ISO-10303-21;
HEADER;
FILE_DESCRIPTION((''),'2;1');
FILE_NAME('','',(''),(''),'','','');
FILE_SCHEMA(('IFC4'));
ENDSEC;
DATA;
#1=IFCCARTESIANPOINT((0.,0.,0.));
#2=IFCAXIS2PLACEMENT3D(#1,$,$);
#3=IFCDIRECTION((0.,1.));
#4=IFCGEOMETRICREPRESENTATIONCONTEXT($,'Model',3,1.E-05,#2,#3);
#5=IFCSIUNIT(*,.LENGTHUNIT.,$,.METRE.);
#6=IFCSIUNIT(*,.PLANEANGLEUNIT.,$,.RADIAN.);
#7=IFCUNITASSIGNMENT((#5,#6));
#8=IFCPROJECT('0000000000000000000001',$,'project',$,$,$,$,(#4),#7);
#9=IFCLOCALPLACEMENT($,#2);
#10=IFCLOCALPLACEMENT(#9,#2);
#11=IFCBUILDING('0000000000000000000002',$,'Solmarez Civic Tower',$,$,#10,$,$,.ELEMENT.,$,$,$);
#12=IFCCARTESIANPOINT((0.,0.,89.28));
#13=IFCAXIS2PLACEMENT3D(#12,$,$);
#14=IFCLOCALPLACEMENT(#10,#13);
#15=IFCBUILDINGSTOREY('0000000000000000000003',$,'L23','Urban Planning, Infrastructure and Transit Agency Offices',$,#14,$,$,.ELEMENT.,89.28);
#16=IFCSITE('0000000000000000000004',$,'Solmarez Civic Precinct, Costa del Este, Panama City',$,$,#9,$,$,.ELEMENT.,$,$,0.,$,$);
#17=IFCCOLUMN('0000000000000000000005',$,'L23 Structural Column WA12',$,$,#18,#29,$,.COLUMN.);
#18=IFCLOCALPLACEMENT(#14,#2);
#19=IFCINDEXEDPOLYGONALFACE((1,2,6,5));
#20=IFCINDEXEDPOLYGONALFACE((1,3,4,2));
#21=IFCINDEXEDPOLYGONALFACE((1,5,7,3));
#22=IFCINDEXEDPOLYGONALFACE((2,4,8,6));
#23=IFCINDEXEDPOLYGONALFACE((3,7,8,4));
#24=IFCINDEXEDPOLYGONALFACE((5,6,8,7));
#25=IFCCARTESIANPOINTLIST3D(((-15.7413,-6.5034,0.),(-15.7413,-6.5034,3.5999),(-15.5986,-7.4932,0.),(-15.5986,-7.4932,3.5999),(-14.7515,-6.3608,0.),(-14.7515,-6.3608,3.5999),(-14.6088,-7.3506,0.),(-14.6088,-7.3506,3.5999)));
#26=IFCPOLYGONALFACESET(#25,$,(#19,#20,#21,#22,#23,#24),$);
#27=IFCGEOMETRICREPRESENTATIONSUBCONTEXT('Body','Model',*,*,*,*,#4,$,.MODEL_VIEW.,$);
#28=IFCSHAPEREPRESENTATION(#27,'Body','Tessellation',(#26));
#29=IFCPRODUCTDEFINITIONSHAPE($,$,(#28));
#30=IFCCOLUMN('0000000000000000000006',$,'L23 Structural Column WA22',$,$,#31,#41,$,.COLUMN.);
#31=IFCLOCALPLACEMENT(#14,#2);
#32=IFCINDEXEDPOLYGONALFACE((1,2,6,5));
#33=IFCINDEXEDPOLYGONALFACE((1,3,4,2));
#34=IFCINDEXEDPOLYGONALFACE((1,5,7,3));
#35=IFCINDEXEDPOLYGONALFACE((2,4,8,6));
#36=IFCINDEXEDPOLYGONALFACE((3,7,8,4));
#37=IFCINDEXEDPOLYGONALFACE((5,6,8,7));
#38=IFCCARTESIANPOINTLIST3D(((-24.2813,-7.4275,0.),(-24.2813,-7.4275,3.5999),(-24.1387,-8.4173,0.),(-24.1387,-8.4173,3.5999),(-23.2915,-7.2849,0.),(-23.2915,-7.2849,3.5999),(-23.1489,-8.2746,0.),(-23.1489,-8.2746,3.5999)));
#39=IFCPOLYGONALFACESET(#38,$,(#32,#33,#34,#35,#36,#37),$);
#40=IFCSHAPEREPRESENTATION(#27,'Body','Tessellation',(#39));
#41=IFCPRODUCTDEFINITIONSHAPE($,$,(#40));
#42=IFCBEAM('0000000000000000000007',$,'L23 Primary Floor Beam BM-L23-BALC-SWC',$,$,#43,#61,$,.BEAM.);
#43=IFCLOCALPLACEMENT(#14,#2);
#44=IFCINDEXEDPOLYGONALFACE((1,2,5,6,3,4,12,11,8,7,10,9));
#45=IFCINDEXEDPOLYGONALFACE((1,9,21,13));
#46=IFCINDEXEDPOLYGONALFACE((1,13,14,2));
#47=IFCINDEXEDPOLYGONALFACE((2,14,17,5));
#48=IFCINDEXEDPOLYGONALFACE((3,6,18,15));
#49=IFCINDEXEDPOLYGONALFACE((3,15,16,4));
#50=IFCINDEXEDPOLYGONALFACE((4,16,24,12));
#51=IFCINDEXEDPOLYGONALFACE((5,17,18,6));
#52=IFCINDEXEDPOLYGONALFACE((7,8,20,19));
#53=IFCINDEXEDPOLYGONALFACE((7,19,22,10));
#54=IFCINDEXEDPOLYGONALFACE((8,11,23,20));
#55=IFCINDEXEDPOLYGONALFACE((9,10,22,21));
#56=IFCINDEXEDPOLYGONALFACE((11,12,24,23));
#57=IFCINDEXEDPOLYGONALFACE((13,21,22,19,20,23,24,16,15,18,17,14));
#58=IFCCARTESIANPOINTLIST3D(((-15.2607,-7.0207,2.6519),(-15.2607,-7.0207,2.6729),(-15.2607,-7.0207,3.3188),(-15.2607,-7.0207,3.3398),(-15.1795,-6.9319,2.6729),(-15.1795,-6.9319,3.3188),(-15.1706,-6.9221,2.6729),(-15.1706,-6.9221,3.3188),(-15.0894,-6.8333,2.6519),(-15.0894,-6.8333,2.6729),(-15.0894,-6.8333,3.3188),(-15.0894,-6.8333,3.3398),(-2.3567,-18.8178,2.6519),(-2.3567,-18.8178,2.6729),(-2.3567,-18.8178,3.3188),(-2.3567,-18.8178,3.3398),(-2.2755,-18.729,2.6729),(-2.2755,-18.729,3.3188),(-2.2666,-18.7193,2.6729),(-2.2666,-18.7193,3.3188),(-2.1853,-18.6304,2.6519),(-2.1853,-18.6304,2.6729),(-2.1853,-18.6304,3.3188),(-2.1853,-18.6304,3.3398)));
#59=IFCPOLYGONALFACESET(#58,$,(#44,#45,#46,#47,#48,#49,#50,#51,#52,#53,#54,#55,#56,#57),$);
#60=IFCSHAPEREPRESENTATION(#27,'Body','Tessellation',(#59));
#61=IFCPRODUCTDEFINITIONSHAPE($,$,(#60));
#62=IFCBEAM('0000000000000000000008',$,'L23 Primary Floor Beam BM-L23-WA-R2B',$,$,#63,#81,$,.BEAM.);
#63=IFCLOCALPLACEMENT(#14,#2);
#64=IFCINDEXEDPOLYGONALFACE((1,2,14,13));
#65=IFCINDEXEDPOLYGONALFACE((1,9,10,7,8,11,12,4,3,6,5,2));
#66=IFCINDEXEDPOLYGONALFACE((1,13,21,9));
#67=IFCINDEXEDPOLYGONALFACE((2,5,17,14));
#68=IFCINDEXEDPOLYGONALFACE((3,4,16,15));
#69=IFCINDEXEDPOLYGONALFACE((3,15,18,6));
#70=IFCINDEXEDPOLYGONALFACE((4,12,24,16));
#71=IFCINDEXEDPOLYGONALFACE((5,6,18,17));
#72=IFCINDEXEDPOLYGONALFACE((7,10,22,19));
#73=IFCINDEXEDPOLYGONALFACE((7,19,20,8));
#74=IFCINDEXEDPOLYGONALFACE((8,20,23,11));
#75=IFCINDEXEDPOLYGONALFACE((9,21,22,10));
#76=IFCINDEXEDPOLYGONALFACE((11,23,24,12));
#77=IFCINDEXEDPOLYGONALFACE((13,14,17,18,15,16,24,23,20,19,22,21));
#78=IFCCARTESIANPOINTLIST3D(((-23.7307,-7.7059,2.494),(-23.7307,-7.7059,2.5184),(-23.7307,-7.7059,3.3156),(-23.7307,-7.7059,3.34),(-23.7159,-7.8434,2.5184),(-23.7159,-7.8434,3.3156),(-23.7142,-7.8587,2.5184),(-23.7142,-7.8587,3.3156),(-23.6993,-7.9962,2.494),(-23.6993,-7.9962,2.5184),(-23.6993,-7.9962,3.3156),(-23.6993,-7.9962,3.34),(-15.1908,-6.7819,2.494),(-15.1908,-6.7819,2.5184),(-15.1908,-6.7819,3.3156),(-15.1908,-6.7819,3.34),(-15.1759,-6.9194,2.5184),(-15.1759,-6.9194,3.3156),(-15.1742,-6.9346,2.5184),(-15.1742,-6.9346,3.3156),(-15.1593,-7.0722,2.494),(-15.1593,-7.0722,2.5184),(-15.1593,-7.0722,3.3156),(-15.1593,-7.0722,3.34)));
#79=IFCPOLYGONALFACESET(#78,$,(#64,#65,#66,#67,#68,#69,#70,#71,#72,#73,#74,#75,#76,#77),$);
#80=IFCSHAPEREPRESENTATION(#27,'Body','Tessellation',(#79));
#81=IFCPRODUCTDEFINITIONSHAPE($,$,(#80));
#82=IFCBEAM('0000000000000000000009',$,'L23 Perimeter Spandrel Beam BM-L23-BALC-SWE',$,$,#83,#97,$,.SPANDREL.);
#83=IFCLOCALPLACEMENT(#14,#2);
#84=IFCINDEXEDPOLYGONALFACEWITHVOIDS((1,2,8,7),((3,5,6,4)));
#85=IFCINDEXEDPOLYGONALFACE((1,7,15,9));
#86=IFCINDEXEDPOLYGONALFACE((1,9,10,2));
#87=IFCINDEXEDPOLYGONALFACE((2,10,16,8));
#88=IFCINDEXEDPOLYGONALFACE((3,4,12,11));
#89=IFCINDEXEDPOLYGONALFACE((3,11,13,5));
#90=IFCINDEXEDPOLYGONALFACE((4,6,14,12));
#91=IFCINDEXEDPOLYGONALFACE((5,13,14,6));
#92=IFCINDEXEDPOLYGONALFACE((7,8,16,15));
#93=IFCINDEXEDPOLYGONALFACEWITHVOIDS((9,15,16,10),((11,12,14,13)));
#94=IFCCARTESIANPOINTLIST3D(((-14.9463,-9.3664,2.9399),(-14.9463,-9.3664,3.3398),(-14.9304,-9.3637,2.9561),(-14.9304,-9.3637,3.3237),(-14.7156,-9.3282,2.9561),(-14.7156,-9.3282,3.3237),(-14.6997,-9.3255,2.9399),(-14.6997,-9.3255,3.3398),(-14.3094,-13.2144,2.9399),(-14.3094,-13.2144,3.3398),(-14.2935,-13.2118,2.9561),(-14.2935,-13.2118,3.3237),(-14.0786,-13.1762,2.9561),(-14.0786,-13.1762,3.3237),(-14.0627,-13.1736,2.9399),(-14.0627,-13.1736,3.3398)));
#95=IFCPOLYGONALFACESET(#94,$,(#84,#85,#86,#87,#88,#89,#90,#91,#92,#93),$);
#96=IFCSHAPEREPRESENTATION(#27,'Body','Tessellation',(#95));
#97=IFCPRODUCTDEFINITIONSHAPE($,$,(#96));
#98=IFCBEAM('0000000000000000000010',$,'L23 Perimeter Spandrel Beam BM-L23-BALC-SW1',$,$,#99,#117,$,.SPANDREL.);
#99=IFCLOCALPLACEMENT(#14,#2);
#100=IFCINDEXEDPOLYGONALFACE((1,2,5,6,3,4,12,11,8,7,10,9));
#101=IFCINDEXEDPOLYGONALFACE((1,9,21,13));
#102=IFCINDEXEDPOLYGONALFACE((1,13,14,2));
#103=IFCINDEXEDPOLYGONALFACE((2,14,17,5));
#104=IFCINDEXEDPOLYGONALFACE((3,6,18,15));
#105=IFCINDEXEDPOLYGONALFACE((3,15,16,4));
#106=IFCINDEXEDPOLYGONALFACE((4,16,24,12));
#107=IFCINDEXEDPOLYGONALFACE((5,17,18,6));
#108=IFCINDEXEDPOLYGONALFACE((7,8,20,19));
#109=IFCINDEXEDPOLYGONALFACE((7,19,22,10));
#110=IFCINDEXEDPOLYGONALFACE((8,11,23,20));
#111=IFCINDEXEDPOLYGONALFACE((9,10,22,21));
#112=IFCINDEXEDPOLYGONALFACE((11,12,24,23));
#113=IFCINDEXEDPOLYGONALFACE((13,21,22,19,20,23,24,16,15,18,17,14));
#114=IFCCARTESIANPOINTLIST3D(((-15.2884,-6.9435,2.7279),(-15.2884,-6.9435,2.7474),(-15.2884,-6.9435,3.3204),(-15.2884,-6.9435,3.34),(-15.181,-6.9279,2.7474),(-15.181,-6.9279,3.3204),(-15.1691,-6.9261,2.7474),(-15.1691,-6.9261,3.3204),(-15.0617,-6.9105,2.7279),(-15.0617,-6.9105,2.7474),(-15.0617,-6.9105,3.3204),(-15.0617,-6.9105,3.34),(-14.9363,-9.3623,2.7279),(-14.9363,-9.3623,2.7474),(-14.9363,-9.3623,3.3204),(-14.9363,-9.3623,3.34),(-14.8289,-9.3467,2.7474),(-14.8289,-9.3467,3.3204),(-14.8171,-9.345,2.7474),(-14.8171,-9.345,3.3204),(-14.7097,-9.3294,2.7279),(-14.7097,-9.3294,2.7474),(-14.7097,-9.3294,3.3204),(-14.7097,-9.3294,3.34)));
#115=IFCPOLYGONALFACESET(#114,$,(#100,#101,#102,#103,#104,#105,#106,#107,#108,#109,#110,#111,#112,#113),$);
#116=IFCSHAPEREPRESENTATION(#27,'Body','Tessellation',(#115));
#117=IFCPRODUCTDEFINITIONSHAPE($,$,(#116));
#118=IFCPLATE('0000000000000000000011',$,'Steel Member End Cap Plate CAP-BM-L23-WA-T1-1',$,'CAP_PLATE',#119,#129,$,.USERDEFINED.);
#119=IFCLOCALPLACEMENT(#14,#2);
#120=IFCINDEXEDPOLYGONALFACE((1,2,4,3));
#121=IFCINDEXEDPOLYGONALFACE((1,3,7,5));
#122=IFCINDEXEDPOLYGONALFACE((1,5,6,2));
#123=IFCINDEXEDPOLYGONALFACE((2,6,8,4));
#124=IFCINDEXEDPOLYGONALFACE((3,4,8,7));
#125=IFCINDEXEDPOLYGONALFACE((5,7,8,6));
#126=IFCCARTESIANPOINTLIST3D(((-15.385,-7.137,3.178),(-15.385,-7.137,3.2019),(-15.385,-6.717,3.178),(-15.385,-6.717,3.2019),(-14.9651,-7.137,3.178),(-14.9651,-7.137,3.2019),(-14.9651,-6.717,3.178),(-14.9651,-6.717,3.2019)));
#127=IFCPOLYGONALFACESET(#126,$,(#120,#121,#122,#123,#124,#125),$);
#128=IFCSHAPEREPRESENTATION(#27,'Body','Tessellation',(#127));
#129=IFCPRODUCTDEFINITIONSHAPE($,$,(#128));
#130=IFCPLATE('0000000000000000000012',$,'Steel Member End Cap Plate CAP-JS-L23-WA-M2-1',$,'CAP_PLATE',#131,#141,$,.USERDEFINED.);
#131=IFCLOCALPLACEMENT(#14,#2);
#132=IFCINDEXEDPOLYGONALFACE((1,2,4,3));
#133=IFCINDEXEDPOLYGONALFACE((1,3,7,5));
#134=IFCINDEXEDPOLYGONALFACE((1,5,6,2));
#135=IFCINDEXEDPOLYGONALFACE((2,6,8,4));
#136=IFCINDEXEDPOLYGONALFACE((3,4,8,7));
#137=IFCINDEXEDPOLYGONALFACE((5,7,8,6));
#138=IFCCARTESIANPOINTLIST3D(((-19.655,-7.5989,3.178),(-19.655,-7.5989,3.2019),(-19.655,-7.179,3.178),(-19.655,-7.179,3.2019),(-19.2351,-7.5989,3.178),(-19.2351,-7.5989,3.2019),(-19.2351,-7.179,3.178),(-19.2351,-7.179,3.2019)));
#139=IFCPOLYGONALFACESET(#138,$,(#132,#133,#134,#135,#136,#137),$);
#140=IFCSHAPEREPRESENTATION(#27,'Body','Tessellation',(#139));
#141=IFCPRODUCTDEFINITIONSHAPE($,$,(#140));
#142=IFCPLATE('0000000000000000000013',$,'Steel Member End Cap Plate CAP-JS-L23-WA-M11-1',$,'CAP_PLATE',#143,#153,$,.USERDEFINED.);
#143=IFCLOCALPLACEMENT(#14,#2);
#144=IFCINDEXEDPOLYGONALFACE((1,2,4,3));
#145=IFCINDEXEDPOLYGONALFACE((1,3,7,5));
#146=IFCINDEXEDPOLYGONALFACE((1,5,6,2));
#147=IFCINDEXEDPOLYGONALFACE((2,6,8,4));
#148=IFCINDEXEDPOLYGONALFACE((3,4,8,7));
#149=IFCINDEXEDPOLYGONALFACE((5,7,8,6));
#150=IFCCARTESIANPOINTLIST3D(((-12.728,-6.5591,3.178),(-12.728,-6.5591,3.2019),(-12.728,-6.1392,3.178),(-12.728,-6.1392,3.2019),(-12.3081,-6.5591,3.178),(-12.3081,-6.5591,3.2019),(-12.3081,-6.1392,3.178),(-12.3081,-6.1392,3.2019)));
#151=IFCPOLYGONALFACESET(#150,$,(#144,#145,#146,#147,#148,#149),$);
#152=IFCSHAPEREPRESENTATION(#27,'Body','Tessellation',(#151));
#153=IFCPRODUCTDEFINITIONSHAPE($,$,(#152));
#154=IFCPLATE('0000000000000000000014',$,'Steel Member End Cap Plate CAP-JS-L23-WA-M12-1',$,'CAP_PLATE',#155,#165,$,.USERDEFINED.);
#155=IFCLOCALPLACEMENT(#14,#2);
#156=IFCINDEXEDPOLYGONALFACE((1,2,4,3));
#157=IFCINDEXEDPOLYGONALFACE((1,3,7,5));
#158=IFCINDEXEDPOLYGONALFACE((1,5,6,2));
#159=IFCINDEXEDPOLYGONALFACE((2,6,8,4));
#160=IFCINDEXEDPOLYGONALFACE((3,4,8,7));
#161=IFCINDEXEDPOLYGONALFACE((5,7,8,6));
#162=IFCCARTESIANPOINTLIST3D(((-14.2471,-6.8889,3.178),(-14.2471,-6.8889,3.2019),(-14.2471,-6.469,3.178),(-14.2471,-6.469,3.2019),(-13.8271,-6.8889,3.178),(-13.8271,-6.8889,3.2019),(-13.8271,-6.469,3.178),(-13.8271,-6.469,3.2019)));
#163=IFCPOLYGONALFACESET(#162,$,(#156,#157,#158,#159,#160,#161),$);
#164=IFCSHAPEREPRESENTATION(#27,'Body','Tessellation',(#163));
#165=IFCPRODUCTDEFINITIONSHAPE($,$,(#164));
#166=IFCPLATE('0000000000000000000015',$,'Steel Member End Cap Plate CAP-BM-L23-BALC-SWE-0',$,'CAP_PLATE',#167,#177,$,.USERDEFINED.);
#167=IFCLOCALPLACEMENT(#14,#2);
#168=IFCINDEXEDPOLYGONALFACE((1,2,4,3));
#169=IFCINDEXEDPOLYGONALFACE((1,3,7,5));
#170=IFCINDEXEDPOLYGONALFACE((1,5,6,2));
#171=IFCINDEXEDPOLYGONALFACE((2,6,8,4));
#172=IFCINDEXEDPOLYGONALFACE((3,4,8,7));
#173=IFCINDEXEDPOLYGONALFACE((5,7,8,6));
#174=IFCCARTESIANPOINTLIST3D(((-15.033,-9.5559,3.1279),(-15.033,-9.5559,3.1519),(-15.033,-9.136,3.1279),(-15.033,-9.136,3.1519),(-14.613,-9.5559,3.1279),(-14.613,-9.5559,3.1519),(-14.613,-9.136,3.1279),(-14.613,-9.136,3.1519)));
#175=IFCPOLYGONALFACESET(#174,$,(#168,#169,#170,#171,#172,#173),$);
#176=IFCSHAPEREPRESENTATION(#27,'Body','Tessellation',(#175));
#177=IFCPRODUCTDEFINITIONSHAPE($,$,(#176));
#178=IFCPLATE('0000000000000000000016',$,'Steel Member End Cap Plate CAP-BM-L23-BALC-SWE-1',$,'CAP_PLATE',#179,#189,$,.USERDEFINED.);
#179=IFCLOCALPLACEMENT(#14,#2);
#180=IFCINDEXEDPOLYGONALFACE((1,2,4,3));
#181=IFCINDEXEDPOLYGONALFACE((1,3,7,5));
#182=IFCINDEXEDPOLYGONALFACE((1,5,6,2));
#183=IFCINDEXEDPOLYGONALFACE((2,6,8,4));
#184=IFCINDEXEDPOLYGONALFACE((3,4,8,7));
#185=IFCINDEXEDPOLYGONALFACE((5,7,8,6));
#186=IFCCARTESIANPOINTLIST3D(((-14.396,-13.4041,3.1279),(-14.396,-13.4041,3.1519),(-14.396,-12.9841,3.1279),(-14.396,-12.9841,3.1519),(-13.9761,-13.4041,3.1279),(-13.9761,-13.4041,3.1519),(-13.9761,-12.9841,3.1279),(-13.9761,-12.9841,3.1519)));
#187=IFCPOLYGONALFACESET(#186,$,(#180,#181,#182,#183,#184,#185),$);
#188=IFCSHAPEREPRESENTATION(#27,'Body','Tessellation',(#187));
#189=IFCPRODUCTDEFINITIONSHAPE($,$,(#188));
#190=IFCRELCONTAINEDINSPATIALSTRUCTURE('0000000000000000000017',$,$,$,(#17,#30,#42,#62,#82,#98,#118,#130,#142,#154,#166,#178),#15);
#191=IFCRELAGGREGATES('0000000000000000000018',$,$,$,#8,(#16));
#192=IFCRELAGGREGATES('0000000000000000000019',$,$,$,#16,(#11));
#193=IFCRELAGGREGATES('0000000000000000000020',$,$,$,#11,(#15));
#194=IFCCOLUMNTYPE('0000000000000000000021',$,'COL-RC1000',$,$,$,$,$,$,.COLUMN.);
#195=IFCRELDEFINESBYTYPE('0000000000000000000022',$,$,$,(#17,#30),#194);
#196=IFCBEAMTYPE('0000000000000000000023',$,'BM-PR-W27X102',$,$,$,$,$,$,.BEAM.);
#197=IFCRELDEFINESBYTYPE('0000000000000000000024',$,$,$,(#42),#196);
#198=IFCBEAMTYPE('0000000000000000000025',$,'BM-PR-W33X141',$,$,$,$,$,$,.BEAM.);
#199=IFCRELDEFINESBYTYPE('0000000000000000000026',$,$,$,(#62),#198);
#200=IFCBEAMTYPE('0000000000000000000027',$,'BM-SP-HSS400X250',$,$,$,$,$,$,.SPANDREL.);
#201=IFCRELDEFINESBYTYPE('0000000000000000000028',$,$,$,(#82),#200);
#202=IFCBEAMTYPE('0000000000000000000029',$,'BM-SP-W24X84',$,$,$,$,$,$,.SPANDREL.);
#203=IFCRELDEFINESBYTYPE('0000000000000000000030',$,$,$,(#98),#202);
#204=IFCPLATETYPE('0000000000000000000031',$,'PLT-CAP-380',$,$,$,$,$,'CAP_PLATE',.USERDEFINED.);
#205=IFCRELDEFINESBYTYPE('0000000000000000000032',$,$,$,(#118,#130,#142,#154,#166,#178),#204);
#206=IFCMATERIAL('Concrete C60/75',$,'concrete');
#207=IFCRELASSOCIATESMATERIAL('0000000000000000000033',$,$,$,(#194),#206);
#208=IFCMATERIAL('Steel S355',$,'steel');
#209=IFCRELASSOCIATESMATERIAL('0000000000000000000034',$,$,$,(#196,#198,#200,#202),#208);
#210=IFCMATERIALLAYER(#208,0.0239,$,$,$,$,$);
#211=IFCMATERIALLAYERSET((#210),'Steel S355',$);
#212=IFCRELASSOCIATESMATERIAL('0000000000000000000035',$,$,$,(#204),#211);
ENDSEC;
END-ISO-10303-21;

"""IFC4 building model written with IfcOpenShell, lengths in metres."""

from ifc_helpers import new_model, si_unit, direction, frame, origin, origin_2d, place, context, subcontext, project, spatial, rectangle, hollow_rectangle, i_section, extrude, material, layer, layer_set, material_profile, profile_set, type_object, element, save


model = new_model("IFC4")

# Units and contexts
model_context = context("Model", 3, precision=1e-05, world=origin(), true_north=direction((0.0, 1.0)))
body_context = subcontext(model_context, "Body", "Model", "MODEL_VIEW")
ifc_project = project(units=[si_unit("LENGTHUNIT", "METRE"), si_unit("PLANEANGLEUNIT", "RADIAN")], contexts=[model_context])

# Site, building, storey
site_placement = place(None, origin())
site = spatial("IfcSite", under=ifc_project, at=site_placement, Name="Solmarez Civic Precinct, Costa del Este, Panama City", CompositionType="ELEMENT", RefElevation=0.0)
building_placement = place(site_placement, origin())
building = spatial("IfcBuilding", under=site, at=building_placement, Name="Solmarez Civic Tower", CompositionType="ELEMENT")
storey_placement = place(building_placement, frame((0.0, 0.0, 89.28)))
storey = spatial("IfcBuildingStorey", under=building, at=storey_placement, Name="L23", Description="Urban Planning, Infrastructure and Transit Agency Offices", CompositionType="ELEMENT", Elevation=89.28)

# Columns
ifc_material_1 = material(Name="Concrete C60/75", Category="concrete")
ifc_material_profile_1 = material_profile(ifc_material_1, rectangle(XDim=1.0, YDim=1.0, at=origin_2d()), Name="RC1000X1000")
ifc_profile_set_1 = profile_set([ifc_material_profile_1], Name="Concrete C60/75")
column_type = type_object("IfcColumnType", Name="COL-RC1000", PredefinedType="COLUMN", material=ifc_profile_set_1)
for number, where, z_axis, x_axis, name in (
    (1, (-15.175, -6.927, 0.0), (0.0, 0.0, 1.0), (0.989776, 0.142629, 0.0), "L23 Structural Column WA12"),
    (2, (-23.7151, -7.8511, 0.0), (0.0, 0.0, 1.0), (0.989776, 0.142629, 0.0), "L23 Structural Column WA22"),
):
    element("IfcColumn", number, at=place(storey_placement, frame(where, z_axis=z_axis, x_axis=x_axis)), inside=storey, type_object=column_type, Name=name, PredefinedType="COLUMN", context=body_context, shape_type="SweptSolid", body=[
        extrude(rectangle(XDim=1.0, YDim=1.0, at=origin_2d()), origin(), (0.0, 0.0, 1.0), 3.5999),
    ])

# Beams
ifc_material_2 = material(Name="Steel S355", Category="steel")
ifc_material_profile_2 = material_profile(ifc_material_2, i_section(OverallWidth=0.2539, OverallDepth=0.688, WebThickness=0.0132, FlangeThickness=0.021, at=origin_2d()), Name="W27X102")
ifc_profile_set_2 = profile_set([ifc_material_profile_2], Name="Steel S355")
beam_type_1 = type_object("IfcBeamType", Name="BM-PR-W27X102", PredefinedType="BEAM", material=ifc_profile_set_2)
beam_1_placement = place(storey_placement, frame((-15.175, -6.927, 2.9958), z_axis=(0.738054, -0.674742, 0.0), x_axis=(0.674742, 0.738054, 0.0)))
element("IfcBeam", 3, at=beam_1_placement, inside=storey, type_object=beam_type_1, Name="L23 Primary Floor Beam BM-L23-BALC-SWC", PredefinedType="BEAM", context=body_context, shape_type="SweptSolid", body=[
    extrude(i_section(OverallWidth=0.2539, OverallDepth=0.688, WebThickness=0.0132, FlangeThickness=0.021, at=origin_2d()), origin(), (0.0, 0.0, 1.0), 17.4839),
])
ifc_material_profile_3 = material_profile(ifc_material_2, i_section(OverallWidth=0.292, OverallDepth=0.8459, WebThickness=0.0154, FlangeThickness=0.0244, at=origin_2d()), Name="W33X141")
ifc_profile_set_3 = profile_set([ifc_material_profile_3], Name="Steel S355")
beam_type_2 = type_object("IfcBeamType", Name="BM-PR-W33X141", PredefinedType="BEAM", material=ifc_profile_set_3)
beam_2_placement = place(storey_placement, frame((-15.175, -6.927, 2.917), z_axis=(-0.994197, -0.107577, 0.0), x_axis=(0.107577, -0.994197, 0.0)))
element("IfcBeam", 4, at=beam_2_placement, inside=storey, type_object=beam_type_2, Name="L23 Primary Floor Beam BM-L23-WA-R2B", PredefinedType="BEAM", context=body_context, shape_type="SweptSolid", body=[
    extrude(i_section(OverallWidth=0.292, OverallDepth=0.8459, WebThickness=0.0154, FlangeThickness=0.0244, at=origin_2d()), origin(), (0.0, 0.0, 1.0), 8.5898),
])
ifc_material_profile_4 = material_profile(ifc_material_2, hollow_rectangle(XDim=0.25, YDim=0.3999, WallThickness=0.0161, at=origin_2d()), Name="HSS400X250X16")
ifc_profile_set_4 = profile_set([ifc_material_profile_4], Name="Steel S355")
beam_type_3 = type_object("IfcBeamType", Name="BM-SP-HSS400X250", PredefinedType="SPANDREL", material=ifc_profile_set_4)
beam_3_placement = place(storey_placement, frame((-14.823, -9.3459, 3.1399), z_axis=(0.163303, -0.986576, 0.0), x_axis=(0.986576, 0.163303, 0.0)))
element("IfcBeam", 5, at=beam_3_placement, inside=storey, type_object=beam_type_3, Name="L23 Perimeter Spandrel Beam BM-L23-BALC-SWE", PredefinedType="SPANDREL", context=body_context, shape_type="SweptSolid", body=[
    extrude(hollow_rectangle(XDim=0.25, YDim=0.3999, WallThickness=0.0161, at=origin_2d()), origin(), (0.0, 0.0, 1.0), 3.9004),
])
ifc_material_profile_5 = material_profile(ifc_material_2, i_section(OverallWidth=0.229, OverallDepth=0.6121, WebThickness=0.012, FlangeThickness=0.0195, at=origin_2d()), Name="W24X84")
ifc_profile_set_5 = profile_set([ifc_material_profile_5], Name="Steel S355")
beam_type_4 = type_object("IfcBeamType", Name="BM-SP-W24X84", PredefinedType="SPANDREL", material=ifc_profile_set_5)
beam_4_placement = place(storey_placement, frame((-15.175, -6.927, 3.0339), z_axis=(0.144022, -0.989575, 0.0), x_axis=(0.989575, 0.144022, 0.0)))
element("IfcBeam", 6, at=beam_4_placement, inside=storey, type_object=beam_type_4, Name="L23 Perimeter Spandrel Beam BM-L23-BALC-SW1", PredefinedType="SPANDREL", context=body_context, shape_type="SweptSolid", body=[
    extrude(i_section(OverallWidth=0.229, OverallDepth=0.6121, WebThickness=0.012, FlangeThickness=0.0195, at=origin_2d()), origin(), (0.0, 0.0, 1.0), 2.4443),
])

# Plates
ifc_layer_1 = layer(ifc_material_2, 0.0239)
ifc_layer_set_1 = layer_set([ifc_layer_1], Name="Steel S355")
plate_type_1 = type_object("IfcPlateType", Name="PLT-CAP-380", ElementType="CAP_PLATE", PredefinedType="USERDEFINED", material=ifc_layer_set_1)
for number, where, z_axis, x_axis, name in (
    (7, (-15.175, -6.927, 3.178), (0.0, 0.0, 1.0), (1.0, 0.0, 0.0), "Steel Member End Cap Plate CAP-BM-L23-WA-T1-1"),
    (8, (-19.4451, -7.3889, 3.178), (0.0, 0.0, 1.0), (1.0, 0.0, 0.0), "Steel Member End Cap Plate CAP-JS-L23-WA-M2-1"),
    (9, (-12.5181, -6.3491, 3.178), (0.0, 0.0, 1.0), (1.0, 0.0, 0.0), "Steel Member End Cap Plate CAP-JS-L23-WA-M11-1"),
    (10, (-14.0371, -6.679, 3.178), (0.0, 0.0, 1.0), (1.0, 0.0, 0.0), "Steel Member End Cap Plate CAP-JS-L23-WA-M12-1"),
    (11, (-14.823, -9.3459, 3.1279), (0.0, 0.0, 1.0), (1.0, 0.0, 0.0), "Steel Member End Cap Plate CAP-BM-L23-BALC-SWE-0"),
    (12, (-14.186, -13.1941, 3.1279), (0.0, 0.0, 1.0), (1.0, 0.0, 0.0), "Steel Member End Cap Plate CAP-BM-L23-BALC-SWE-1"),
):
    element("IfcPlate", number, at=place(storey_placement, frame(where, z_axis=z_axis, x_axis=x_axis)), inside=storey, type_object=plate_type_1, Name=name, ObjectType="CAP_PLATE", PredefinedType="USERDEFINED", context=body_context, shape_type="SweptSolid", body=[
        extrude(rectangle(XDim=0.4199, YDim=0.4199, at=origin_2d()), origin(), (0.0, 0.0, 1.0), 0.0239),
    ])

save(model, "model.ifc")
